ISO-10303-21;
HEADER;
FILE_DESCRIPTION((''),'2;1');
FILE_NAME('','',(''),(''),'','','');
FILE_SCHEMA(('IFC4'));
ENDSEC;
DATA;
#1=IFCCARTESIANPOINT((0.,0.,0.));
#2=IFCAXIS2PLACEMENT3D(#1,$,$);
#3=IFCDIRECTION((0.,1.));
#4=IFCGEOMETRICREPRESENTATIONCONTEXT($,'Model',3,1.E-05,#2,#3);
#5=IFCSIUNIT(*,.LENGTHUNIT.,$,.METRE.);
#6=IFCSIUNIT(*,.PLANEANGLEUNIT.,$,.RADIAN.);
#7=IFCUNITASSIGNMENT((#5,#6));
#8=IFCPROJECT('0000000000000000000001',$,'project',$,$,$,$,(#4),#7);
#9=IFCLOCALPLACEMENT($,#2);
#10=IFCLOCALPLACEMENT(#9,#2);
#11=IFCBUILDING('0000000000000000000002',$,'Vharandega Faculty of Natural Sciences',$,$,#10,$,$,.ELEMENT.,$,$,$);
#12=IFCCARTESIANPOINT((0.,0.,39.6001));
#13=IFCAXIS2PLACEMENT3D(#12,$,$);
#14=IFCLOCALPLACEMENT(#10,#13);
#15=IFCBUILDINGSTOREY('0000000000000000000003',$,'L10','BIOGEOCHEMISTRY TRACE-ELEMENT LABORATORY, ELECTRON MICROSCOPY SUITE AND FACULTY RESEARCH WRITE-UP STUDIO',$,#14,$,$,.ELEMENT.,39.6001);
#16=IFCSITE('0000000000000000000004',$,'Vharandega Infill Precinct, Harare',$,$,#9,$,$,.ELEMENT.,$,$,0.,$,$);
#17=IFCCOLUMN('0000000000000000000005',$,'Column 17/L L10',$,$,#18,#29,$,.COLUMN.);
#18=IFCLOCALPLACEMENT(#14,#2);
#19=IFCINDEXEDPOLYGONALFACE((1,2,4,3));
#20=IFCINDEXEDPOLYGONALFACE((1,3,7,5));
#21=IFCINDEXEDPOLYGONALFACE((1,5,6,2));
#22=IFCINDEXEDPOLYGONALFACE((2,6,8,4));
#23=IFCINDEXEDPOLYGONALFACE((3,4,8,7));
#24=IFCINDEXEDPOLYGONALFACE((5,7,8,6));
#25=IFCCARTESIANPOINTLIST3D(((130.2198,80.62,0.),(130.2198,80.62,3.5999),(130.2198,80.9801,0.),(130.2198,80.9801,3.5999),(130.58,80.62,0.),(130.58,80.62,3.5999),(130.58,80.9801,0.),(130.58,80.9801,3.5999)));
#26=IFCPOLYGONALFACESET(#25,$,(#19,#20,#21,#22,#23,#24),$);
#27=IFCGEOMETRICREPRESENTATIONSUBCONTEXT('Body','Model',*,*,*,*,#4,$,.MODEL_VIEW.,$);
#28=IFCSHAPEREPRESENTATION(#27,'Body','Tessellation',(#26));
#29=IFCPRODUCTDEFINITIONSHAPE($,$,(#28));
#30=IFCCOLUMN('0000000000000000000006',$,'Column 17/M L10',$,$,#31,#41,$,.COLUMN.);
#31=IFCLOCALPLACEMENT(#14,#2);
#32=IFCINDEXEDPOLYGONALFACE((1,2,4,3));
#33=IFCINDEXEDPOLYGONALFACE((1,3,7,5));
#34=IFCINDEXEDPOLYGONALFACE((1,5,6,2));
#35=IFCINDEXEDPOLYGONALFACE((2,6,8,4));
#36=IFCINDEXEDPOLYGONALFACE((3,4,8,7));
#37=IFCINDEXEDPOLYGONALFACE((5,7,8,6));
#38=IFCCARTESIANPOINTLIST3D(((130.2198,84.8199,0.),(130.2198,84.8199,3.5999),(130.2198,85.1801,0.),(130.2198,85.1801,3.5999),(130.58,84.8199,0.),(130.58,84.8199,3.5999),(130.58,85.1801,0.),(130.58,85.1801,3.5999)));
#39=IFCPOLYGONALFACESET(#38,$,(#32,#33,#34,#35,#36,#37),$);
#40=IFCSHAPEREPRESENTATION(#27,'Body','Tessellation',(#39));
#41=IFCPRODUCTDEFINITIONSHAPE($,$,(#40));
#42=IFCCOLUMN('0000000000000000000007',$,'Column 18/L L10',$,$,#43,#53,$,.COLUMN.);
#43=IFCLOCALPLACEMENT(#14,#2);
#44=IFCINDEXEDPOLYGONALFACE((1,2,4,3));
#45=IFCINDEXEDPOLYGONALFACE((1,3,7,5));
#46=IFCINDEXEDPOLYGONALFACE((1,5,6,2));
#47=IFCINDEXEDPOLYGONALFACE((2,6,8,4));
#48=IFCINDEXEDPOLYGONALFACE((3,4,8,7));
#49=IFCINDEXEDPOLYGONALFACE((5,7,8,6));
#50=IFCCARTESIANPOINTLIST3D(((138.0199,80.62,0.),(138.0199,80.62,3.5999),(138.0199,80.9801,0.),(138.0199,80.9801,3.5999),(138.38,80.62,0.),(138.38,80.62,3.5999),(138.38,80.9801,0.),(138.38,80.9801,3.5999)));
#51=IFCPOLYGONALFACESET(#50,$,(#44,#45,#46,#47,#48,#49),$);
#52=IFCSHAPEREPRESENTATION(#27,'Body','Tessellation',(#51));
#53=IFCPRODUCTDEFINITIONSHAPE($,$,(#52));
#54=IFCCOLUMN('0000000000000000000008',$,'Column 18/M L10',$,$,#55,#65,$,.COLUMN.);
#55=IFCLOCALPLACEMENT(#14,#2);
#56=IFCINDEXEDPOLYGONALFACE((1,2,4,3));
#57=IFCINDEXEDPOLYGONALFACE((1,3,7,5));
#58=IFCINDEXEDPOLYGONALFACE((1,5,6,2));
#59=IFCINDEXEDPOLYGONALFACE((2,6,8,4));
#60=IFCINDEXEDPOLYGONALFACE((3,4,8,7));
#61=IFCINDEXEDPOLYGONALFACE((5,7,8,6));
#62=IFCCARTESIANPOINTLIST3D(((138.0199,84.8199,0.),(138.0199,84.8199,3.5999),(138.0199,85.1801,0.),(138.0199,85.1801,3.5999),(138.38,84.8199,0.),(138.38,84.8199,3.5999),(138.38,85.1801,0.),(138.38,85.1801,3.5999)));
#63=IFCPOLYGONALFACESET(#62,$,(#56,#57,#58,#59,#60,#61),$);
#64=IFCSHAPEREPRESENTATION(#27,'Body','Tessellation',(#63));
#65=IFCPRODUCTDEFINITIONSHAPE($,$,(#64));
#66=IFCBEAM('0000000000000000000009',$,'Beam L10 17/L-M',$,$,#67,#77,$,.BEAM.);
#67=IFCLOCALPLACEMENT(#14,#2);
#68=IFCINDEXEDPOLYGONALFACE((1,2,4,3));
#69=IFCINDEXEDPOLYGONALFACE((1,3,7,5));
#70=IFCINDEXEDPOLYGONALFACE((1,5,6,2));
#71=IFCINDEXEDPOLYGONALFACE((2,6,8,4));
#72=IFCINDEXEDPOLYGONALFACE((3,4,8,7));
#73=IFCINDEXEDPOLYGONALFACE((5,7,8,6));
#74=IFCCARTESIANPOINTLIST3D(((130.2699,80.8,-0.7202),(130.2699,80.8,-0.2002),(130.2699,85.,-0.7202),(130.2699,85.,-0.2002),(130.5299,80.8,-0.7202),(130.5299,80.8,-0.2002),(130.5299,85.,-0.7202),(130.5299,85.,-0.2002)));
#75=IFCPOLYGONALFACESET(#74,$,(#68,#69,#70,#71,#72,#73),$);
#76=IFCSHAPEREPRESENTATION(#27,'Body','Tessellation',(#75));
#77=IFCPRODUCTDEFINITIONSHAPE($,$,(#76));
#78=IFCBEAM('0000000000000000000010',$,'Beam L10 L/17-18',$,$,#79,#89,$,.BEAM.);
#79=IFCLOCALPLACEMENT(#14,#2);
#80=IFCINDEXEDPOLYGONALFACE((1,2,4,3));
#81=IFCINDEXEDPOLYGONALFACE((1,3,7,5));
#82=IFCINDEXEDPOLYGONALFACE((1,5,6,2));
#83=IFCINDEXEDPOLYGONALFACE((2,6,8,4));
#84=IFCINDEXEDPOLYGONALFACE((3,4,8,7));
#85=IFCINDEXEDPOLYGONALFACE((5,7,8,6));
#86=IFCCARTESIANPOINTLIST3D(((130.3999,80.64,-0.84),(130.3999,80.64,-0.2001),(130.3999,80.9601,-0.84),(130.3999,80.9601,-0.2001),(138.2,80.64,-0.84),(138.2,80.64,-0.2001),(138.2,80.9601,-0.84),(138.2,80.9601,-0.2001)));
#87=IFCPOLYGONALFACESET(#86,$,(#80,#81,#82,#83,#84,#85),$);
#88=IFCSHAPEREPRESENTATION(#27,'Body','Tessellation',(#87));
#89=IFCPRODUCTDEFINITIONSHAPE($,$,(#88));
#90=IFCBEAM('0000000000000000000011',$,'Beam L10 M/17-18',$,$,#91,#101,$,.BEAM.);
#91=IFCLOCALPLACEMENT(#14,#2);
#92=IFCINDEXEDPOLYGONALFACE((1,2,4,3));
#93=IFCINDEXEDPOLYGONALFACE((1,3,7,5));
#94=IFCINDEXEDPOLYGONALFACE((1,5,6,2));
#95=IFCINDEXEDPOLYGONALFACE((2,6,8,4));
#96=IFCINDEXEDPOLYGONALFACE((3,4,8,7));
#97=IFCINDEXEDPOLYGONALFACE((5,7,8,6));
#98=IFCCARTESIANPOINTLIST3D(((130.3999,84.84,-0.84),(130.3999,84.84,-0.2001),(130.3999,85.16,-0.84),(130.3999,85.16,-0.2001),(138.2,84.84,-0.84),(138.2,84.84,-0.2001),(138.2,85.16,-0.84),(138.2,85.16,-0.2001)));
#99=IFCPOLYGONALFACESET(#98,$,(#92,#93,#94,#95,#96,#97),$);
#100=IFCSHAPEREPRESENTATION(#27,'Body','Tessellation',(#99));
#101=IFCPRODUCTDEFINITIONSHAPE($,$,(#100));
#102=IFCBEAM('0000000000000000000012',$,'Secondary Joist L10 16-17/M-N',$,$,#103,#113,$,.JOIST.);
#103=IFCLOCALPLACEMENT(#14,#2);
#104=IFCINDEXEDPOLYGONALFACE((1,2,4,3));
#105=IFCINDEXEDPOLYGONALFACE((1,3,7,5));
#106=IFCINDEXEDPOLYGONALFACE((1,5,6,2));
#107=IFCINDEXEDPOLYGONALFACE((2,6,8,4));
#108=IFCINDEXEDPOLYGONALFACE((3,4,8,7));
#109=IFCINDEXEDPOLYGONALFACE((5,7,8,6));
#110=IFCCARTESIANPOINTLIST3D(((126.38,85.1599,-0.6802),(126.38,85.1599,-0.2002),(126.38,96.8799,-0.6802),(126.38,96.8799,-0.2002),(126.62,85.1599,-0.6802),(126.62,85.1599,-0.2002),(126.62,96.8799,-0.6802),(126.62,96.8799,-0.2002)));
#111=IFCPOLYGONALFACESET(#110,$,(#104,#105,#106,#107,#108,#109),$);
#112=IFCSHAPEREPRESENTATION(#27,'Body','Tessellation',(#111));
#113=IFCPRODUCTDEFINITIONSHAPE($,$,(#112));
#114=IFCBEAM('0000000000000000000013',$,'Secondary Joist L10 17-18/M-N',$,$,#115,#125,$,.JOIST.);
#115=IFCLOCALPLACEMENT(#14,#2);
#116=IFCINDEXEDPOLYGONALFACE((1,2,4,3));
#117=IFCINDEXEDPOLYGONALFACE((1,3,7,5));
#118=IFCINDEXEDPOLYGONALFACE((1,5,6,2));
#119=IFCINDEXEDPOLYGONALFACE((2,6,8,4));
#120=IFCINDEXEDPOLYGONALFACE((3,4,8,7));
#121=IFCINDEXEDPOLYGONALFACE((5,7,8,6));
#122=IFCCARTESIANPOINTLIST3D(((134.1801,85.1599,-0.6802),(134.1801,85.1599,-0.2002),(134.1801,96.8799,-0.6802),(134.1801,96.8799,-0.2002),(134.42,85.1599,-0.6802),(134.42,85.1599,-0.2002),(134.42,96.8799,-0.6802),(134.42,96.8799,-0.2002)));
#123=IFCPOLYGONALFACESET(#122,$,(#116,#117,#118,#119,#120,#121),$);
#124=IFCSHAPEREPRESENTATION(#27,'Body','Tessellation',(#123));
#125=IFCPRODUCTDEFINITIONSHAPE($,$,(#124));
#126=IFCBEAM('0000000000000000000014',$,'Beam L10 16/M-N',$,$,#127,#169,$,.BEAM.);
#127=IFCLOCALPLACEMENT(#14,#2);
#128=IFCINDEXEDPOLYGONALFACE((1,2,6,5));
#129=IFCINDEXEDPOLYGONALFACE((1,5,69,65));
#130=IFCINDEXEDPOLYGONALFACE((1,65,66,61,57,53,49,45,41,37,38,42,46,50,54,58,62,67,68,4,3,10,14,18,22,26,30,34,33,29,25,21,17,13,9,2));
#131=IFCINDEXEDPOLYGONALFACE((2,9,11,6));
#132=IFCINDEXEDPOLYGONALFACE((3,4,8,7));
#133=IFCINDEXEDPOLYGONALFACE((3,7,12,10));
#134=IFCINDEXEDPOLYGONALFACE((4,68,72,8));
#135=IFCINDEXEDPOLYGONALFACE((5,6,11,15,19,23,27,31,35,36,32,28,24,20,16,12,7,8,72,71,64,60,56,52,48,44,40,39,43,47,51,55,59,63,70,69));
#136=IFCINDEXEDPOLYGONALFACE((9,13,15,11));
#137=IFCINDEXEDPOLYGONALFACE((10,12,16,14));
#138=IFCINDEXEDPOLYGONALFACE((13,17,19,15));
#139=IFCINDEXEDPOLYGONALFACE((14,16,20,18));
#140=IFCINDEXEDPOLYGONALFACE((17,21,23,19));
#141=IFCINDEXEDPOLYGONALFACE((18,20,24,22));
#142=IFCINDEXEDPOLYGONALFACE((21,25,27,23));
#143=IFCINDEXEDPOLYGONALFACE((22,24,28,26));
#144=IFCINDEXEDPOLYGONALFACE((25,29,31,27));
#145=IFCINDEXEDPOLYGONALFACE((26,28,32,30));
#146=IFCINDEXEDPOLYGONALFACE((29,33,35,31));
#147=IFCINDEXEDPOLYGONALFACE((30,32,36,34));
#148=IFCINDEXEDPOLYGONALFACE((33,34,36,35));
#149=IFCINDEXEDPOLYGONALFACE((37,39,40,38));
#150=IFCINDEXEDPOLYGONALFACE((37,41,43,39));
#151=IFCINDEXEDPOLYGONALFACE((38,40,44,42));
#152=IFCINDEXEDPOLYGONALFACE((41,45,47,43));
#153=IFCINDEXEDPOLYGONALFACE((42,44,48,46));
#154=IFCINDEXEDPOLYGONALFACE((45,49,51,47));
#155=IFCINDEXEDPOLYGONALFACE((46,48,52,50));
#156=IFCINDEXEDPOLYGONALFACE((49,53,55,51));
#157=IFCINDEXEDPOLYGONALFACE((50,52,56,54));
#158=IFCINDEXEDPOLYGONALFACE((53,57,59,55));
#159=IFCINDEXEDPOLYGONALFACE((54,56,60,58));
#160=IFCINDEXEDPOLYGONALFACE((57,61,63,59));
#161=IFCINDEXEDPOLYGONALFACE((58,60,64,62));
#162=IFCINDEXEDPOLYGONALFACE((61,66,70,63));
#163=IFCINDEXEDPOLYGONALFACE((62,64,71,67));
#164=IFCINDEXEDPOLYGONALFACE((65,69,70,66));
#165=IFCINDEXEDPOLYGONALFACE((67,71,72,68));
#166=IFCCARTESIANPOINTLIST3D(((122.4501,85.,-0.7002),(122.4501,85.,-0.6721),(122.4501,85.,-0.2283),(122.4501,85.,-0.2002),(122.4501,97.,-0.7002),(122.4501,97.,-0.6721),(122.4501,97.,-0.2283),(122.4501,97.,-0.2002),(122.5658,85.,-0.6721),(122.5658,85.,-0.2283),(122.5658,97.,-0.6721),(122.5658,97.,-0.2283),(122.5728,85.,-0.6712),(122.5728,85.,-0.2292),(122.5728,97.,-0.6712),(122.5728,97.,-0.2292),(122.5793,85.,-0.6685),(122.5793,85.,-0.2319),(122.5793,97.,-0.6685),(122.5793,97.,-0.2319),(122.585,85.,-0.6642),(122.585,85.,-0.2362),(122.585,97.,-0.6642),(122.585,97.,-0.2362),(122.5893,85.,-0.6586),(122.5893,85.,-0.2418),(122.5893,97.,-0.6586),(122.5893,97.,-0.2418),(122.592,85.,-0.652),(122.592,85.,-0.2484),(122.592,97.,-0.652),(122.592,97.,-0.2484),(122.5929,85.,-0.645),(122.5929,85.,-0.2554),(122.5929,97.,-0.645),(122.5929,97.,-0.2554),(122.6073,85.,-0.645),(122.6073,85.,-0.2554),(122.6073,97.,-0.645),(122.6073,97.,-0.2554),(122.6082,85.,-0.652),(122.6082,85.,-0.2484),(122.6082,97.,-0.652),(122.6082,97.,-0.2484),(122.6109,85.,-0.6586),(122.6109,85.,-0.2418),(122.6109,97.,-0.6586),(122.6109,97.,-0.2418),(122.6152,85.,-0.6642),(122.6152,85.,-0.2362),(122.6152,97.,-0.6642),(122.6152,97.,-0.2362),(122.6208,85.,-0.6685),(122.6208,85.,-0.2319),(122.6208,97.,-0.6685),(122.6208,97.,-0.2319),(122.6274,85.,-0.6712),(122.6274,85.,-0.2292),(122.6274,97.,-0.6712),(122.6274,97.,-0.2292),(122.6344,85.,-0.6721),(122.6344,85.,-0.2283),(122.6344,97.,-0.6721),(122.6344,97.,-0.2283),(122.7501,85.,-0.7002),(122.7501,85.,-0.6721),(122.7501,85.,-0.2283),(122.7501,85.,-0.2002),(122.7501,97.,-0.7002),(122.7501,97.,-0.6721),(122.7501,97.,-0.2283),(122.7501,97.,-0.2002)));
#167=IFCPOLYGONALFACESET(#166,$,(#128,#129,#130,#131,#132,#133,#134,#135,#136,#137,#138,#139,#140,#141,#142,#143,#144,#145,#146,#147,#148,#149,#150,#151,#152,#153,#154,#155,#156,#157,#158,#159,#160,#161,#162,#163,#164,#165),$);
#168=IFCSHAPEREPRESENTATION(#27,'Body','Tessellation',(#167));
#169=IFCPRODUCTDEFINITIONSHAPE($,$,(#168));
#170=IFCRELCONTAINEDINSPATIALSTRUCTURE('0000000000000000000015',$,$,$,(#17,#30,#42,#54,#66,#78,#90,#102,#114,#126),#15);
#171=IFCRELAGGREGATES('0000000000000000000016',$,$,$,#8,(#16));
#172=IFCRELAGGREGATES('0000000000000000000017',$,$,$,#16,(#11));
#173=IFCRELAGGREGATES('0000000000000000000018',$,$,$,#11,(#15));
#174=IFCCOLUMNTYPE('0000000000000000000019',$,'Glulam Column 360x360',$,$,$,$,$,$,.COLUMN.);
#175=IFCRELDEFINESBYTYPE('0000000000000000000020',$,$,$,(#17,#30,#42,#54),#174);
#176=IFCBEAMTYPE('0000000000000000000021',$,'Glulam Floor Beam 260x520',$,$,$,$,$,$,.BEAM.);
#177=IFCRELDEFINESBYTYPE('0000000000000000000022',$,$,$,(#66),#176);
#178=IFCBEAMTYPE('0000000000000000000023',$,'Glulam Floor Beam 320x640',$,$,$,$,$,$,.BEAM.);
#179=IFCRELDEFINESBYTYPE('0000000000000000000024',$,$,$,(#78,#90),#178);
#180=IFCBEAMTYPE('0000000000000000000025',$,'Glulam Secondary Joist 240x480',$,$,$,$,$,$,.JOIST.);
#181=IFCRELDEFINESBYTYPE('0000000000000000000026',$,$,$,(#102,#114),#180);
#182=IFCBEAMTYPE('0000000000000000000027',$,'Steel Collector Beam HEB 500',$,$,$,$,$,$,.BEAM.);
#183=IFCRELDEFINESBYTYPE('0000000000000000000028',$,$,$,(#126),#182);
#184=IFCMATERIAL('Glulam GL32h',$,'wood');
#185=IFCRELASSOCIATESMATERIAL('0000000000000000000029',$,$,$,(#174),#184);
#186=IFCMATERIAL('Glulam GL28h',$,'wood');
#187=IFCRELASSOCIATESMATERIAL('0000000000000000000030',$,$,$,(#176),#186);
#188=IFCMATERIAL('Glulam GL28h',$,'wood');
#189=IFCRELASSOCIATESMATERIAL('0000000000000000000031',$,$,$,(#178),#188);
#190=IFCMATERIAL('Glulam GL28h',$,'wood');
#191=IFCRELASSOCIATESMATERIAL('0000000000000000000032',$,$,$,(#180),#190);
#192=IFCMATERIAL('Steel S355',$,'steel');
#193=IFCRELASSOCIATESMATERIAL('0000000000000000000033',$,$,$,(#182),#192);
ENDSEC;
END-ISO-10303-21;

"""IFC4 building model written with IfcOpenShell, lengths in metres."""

from ifc_helpers import new_model, si_unit, direction, frame, origin, origin_2d, place, context, subcontext, project, spatial, rectangle, i_section, extrude, material, material_profile, profile_set, type_object, element, save


model = new_model("IFC4")

# Units and contexts
model_context = context("Model", 3, precision=1e-05, world=origin(), true_north=direction((0.0, 1.0)))
body_context = subcontext(model_context, "Body", "Model", "MODEL_VIEW")
ifc_project = project(units=[si_unit("LENGTHUNIT", "METRE"), si_unit("PLANEANGLEUNIT", "RADIAN")], contexts=[model_context])

# Site, building, storey
site_placement = place(None, origin())
site = spatial("IfcSite", under=ifc_project, at=site_placement, Name="Vharandega Infill Precinct, Harare", CompositionType="ELEMENT", RefElevation=0.0)
building_placement = place(site_placement, origin())
building = spatial("IfcBuilding", under=site, at=building_placement, Name="Vharandega Faculty of Natural Sciences", CompositionType="ELEMENT")
storey_placement = place(building_placement, frame((0.0, 0.0, 39.6001)))
storey = spatial("IfcBuildingStorey", under=building, at=storey_placement, Name="L10", Description="BIOGEOCHEMISTRY TRACE-ELEMENT LABORATORY, ELECTRON MICROSCOPY SUITE AND FACULTY RESEARCH WRITE-UP STUDIO", CompositionType="ELEMENT", Elevation=39.6001)

# Columns
ifc_material_1 = material(Name="Glulam GL32h", Category="wood")
ifc_material_profile_1 = material_profile(ifc_material_1, rectangle(XDim=0.3601, YDim=0.3601, at=origin_2d()), Name="GL32h 360x360")
ifc_profile_set_1 = profile_set([ifc_material_profile_1], Name="Glulam GL32h")
column_type = type_object("IfcColumnType", Name="Glulam Column 360x360", PredefinedType="COLUMN", material=ifc_profile_set_1)
for number, where, z_axis, x_axis, name in (
    (1, (130.3999, 80.8, 0.0), (0.0, 0.0, 1.0), (1.0, 0.0, 0.0), "Column 17/L L10"),
    (2, (130.3999, 85.0, 0.0), (0.0, 0.0, 1.0), (1.0, 0.0, 0.0), "Column 17/M L10"),
    (3, (138.2, 80.8, 0.0), (0.0, 0.0, 1.0), (1.0, 0.0, 0.0), "Column 18/L L10"),
    (4, (138.2, 85.0, 0.0), (0.0, 0.0, 1.0), (1.0, 0.0, 0.0), "Column 18/M L10"),
):
    element("IfcColumn", number, at=place(storey_placement, frame(where, z_axis=z_axis, x_axis=x_axis)), inside=storey, type_object=column_type, Name=name, PredefinedType="COLUMN", context=body_context, shape_type="SweptSolid", body=[
        extrude(rectangle(XDim=0.3601, YDim=0.3601, at=origin_2d()), origin(), (0.0, 0.0, 1.0), 3.5999),
    ])

# Beams
ifc_material_2 = material(Name="Glulam GL28h", Category="wood")
ifc_material_profile_2 = material_profile(ifc_material_2, rectangle(XDim=0.26, YDim=0.52, at=origin_2d()), Name="GL28h 260x520")
ifc_profile_set_2 = profile_set([ifc_material_profile_2], Name="Glulam GL28h")
beam_type_1 = type_object("IfcBeamType", Name="Glulam Floor Beam 260x520", PredefinedType="BEAM", material=ifc_profile_set_2)
beam_placement = place(storey_placement, frame((130.3999, 80.8, -0.4602), z_axis=(0.0, 1.0, 0.0), x_axis=(-1.0, 0.0, 0.0)))
element("IfcBeam", 5, at=beam_placement, inside=storey, type_object=beam_type_1, Name="Beam L10 17/L-M", PredefinedType="BEAM", context=body_context, shape_type="SweptSolid", body=[
    extrude(rectangle(XDim=0.26, YDim=0.52, at=origin_2d()), origin(), (0.0, 0.0, 1.0), 4.2),
])
ifc_material_3 = material(Name="Glulam GL28h", Category="wood")
ifc_material_profile_3 = material_profile(ifc_material_3, rectangle(XDim=0.3201, YDim=0.6399, at=origin_2d()), Name="GL28h 320x640")
ifc_profile_set_3 = profile_set([ifc_material_profile_3], Name="Glulam GL28h")
beam_type_2 = type_object("IfcBeamType", Name="Glulam Floor Beam 320x640", PredefinedType="BEAM", material=ifc_profile_set_3)
for number, where, z_axis, x_axis, name in (
    (6, (130.3999, 80.8, -0.52), (1.0, 0.0, 0.0), (0.0, 1.0, 0.0), "Beam L10 L/17-18"),
    (7, (130.3999, 85.0, -0.52), (1.0, 0.0, 0.0), (0.0, 1.0, 0.0), "Beam L10 M/17-18"),
):
    element("IfcBeam", number, at=place(storey_placement, frame(where, z_axis=z_axis, x_axis=x_axis)), inside=storey, type_object=beam_type_2, Name=name, PredefinedType="BEAM", context=body_context, shape_type="SweptSolid", body=[
        extrude(rectangle(XDim=0.3201, YDim=0.6399, at=origin_2d()), origin(), (0.0, 0.0, 1.0), 7.8),
    ])
ifc_material_4 = material(Name="Glulam GL28h", Category="wood")
ifc_material_profile_4 = material_profile(ifc_material_4, rectangle(XDim=0.24, YDim=0.48, at=origin_2d()), Name="GL28h 240x480")
ifc_profile_set_4 = profile_set([ifc_material_profile_4], Name="Glulam GL28h")
beam_type_3 = type_object("IfcBeamType", Name="Glulam Secondary Joist 240x480", PredefinedType="JOIST", material=ifc_profile_set_4)
for number, where, z_axis, x_axis, name in (
    (8, (126.5, 85.1599, -0.4402), (0.0, 1.0, 0.0), (-1.0, 0.0, 0.0), "Secondary Joist L10 16-17/M-N"),
    (9, (134.3, 85.1599, -0.4402), (0.0, 1.0, 0.0), (-1.0, 0.0, 0.0), "Secondary Joist L10 17-18/M-N"),
):
    element("IfcBeam", number, at=place(storey_placement, frame(where, z_axis=z_axis, x_axis=x_axis)), inside=storey, type_object=beam_type_3, Name=name, PredefinedType="JOIST", context=body_context, shape_type="SweptSolid", body=[
        extrude(rectangle(XDim=0.24, YDim=0.48, at=origin_2d()), origin(), (0.0, 0.0, 1.0), 11.72),
    ])
ifc_material_5 = material(Name="Steel S355", Category="steel")
ifc_material_profile_5 = material_profile(ifc_material_5, i_section(OverallWidth=0.3, OverallDepth=0.5, WebThickness=0.0144, FlangeThickness=0.0281, FilletRadius=0.0271, at=origin_2d()), Name="HEB 500")
ifc_profile_set_5 = profile_set([ifc_material_profile_5], Name="Steel S355")
beam_type_4 = type_object("IfcBeamType", Name="Steel Collector Beam HEB 500", PredefinedType="BEAM", material=ifc_profile_set_5)
for number, where, z_axis, x_axis, name in (
    (10, (122.6001, 85.0, -0.4502), (0.0, 1.0, 0.0), (-1.0, 0.0, 0.0), "Beam L10 16/M-N"),
):
    element("IfcBeam", number, at=place(storey_placement, frame(where, z_axis=z_axis, x_axis=x_axis)), inside=storey, type_object=beam_type_4, Name=name, PredefinedType="BEAM", context=body_context, shape_type="SweptSolid", body=[
        extrude(i_section(OverallWidth=0.3, OverallDepth=0.5, WebThickness=0.0144, FlangeThickness=0.0281, FilletRadius=0.0271, at=origin_2d()), origin(), (0.0, 0.0, 1.0), 12.0),
    ])

save(model, "model.ifc")
